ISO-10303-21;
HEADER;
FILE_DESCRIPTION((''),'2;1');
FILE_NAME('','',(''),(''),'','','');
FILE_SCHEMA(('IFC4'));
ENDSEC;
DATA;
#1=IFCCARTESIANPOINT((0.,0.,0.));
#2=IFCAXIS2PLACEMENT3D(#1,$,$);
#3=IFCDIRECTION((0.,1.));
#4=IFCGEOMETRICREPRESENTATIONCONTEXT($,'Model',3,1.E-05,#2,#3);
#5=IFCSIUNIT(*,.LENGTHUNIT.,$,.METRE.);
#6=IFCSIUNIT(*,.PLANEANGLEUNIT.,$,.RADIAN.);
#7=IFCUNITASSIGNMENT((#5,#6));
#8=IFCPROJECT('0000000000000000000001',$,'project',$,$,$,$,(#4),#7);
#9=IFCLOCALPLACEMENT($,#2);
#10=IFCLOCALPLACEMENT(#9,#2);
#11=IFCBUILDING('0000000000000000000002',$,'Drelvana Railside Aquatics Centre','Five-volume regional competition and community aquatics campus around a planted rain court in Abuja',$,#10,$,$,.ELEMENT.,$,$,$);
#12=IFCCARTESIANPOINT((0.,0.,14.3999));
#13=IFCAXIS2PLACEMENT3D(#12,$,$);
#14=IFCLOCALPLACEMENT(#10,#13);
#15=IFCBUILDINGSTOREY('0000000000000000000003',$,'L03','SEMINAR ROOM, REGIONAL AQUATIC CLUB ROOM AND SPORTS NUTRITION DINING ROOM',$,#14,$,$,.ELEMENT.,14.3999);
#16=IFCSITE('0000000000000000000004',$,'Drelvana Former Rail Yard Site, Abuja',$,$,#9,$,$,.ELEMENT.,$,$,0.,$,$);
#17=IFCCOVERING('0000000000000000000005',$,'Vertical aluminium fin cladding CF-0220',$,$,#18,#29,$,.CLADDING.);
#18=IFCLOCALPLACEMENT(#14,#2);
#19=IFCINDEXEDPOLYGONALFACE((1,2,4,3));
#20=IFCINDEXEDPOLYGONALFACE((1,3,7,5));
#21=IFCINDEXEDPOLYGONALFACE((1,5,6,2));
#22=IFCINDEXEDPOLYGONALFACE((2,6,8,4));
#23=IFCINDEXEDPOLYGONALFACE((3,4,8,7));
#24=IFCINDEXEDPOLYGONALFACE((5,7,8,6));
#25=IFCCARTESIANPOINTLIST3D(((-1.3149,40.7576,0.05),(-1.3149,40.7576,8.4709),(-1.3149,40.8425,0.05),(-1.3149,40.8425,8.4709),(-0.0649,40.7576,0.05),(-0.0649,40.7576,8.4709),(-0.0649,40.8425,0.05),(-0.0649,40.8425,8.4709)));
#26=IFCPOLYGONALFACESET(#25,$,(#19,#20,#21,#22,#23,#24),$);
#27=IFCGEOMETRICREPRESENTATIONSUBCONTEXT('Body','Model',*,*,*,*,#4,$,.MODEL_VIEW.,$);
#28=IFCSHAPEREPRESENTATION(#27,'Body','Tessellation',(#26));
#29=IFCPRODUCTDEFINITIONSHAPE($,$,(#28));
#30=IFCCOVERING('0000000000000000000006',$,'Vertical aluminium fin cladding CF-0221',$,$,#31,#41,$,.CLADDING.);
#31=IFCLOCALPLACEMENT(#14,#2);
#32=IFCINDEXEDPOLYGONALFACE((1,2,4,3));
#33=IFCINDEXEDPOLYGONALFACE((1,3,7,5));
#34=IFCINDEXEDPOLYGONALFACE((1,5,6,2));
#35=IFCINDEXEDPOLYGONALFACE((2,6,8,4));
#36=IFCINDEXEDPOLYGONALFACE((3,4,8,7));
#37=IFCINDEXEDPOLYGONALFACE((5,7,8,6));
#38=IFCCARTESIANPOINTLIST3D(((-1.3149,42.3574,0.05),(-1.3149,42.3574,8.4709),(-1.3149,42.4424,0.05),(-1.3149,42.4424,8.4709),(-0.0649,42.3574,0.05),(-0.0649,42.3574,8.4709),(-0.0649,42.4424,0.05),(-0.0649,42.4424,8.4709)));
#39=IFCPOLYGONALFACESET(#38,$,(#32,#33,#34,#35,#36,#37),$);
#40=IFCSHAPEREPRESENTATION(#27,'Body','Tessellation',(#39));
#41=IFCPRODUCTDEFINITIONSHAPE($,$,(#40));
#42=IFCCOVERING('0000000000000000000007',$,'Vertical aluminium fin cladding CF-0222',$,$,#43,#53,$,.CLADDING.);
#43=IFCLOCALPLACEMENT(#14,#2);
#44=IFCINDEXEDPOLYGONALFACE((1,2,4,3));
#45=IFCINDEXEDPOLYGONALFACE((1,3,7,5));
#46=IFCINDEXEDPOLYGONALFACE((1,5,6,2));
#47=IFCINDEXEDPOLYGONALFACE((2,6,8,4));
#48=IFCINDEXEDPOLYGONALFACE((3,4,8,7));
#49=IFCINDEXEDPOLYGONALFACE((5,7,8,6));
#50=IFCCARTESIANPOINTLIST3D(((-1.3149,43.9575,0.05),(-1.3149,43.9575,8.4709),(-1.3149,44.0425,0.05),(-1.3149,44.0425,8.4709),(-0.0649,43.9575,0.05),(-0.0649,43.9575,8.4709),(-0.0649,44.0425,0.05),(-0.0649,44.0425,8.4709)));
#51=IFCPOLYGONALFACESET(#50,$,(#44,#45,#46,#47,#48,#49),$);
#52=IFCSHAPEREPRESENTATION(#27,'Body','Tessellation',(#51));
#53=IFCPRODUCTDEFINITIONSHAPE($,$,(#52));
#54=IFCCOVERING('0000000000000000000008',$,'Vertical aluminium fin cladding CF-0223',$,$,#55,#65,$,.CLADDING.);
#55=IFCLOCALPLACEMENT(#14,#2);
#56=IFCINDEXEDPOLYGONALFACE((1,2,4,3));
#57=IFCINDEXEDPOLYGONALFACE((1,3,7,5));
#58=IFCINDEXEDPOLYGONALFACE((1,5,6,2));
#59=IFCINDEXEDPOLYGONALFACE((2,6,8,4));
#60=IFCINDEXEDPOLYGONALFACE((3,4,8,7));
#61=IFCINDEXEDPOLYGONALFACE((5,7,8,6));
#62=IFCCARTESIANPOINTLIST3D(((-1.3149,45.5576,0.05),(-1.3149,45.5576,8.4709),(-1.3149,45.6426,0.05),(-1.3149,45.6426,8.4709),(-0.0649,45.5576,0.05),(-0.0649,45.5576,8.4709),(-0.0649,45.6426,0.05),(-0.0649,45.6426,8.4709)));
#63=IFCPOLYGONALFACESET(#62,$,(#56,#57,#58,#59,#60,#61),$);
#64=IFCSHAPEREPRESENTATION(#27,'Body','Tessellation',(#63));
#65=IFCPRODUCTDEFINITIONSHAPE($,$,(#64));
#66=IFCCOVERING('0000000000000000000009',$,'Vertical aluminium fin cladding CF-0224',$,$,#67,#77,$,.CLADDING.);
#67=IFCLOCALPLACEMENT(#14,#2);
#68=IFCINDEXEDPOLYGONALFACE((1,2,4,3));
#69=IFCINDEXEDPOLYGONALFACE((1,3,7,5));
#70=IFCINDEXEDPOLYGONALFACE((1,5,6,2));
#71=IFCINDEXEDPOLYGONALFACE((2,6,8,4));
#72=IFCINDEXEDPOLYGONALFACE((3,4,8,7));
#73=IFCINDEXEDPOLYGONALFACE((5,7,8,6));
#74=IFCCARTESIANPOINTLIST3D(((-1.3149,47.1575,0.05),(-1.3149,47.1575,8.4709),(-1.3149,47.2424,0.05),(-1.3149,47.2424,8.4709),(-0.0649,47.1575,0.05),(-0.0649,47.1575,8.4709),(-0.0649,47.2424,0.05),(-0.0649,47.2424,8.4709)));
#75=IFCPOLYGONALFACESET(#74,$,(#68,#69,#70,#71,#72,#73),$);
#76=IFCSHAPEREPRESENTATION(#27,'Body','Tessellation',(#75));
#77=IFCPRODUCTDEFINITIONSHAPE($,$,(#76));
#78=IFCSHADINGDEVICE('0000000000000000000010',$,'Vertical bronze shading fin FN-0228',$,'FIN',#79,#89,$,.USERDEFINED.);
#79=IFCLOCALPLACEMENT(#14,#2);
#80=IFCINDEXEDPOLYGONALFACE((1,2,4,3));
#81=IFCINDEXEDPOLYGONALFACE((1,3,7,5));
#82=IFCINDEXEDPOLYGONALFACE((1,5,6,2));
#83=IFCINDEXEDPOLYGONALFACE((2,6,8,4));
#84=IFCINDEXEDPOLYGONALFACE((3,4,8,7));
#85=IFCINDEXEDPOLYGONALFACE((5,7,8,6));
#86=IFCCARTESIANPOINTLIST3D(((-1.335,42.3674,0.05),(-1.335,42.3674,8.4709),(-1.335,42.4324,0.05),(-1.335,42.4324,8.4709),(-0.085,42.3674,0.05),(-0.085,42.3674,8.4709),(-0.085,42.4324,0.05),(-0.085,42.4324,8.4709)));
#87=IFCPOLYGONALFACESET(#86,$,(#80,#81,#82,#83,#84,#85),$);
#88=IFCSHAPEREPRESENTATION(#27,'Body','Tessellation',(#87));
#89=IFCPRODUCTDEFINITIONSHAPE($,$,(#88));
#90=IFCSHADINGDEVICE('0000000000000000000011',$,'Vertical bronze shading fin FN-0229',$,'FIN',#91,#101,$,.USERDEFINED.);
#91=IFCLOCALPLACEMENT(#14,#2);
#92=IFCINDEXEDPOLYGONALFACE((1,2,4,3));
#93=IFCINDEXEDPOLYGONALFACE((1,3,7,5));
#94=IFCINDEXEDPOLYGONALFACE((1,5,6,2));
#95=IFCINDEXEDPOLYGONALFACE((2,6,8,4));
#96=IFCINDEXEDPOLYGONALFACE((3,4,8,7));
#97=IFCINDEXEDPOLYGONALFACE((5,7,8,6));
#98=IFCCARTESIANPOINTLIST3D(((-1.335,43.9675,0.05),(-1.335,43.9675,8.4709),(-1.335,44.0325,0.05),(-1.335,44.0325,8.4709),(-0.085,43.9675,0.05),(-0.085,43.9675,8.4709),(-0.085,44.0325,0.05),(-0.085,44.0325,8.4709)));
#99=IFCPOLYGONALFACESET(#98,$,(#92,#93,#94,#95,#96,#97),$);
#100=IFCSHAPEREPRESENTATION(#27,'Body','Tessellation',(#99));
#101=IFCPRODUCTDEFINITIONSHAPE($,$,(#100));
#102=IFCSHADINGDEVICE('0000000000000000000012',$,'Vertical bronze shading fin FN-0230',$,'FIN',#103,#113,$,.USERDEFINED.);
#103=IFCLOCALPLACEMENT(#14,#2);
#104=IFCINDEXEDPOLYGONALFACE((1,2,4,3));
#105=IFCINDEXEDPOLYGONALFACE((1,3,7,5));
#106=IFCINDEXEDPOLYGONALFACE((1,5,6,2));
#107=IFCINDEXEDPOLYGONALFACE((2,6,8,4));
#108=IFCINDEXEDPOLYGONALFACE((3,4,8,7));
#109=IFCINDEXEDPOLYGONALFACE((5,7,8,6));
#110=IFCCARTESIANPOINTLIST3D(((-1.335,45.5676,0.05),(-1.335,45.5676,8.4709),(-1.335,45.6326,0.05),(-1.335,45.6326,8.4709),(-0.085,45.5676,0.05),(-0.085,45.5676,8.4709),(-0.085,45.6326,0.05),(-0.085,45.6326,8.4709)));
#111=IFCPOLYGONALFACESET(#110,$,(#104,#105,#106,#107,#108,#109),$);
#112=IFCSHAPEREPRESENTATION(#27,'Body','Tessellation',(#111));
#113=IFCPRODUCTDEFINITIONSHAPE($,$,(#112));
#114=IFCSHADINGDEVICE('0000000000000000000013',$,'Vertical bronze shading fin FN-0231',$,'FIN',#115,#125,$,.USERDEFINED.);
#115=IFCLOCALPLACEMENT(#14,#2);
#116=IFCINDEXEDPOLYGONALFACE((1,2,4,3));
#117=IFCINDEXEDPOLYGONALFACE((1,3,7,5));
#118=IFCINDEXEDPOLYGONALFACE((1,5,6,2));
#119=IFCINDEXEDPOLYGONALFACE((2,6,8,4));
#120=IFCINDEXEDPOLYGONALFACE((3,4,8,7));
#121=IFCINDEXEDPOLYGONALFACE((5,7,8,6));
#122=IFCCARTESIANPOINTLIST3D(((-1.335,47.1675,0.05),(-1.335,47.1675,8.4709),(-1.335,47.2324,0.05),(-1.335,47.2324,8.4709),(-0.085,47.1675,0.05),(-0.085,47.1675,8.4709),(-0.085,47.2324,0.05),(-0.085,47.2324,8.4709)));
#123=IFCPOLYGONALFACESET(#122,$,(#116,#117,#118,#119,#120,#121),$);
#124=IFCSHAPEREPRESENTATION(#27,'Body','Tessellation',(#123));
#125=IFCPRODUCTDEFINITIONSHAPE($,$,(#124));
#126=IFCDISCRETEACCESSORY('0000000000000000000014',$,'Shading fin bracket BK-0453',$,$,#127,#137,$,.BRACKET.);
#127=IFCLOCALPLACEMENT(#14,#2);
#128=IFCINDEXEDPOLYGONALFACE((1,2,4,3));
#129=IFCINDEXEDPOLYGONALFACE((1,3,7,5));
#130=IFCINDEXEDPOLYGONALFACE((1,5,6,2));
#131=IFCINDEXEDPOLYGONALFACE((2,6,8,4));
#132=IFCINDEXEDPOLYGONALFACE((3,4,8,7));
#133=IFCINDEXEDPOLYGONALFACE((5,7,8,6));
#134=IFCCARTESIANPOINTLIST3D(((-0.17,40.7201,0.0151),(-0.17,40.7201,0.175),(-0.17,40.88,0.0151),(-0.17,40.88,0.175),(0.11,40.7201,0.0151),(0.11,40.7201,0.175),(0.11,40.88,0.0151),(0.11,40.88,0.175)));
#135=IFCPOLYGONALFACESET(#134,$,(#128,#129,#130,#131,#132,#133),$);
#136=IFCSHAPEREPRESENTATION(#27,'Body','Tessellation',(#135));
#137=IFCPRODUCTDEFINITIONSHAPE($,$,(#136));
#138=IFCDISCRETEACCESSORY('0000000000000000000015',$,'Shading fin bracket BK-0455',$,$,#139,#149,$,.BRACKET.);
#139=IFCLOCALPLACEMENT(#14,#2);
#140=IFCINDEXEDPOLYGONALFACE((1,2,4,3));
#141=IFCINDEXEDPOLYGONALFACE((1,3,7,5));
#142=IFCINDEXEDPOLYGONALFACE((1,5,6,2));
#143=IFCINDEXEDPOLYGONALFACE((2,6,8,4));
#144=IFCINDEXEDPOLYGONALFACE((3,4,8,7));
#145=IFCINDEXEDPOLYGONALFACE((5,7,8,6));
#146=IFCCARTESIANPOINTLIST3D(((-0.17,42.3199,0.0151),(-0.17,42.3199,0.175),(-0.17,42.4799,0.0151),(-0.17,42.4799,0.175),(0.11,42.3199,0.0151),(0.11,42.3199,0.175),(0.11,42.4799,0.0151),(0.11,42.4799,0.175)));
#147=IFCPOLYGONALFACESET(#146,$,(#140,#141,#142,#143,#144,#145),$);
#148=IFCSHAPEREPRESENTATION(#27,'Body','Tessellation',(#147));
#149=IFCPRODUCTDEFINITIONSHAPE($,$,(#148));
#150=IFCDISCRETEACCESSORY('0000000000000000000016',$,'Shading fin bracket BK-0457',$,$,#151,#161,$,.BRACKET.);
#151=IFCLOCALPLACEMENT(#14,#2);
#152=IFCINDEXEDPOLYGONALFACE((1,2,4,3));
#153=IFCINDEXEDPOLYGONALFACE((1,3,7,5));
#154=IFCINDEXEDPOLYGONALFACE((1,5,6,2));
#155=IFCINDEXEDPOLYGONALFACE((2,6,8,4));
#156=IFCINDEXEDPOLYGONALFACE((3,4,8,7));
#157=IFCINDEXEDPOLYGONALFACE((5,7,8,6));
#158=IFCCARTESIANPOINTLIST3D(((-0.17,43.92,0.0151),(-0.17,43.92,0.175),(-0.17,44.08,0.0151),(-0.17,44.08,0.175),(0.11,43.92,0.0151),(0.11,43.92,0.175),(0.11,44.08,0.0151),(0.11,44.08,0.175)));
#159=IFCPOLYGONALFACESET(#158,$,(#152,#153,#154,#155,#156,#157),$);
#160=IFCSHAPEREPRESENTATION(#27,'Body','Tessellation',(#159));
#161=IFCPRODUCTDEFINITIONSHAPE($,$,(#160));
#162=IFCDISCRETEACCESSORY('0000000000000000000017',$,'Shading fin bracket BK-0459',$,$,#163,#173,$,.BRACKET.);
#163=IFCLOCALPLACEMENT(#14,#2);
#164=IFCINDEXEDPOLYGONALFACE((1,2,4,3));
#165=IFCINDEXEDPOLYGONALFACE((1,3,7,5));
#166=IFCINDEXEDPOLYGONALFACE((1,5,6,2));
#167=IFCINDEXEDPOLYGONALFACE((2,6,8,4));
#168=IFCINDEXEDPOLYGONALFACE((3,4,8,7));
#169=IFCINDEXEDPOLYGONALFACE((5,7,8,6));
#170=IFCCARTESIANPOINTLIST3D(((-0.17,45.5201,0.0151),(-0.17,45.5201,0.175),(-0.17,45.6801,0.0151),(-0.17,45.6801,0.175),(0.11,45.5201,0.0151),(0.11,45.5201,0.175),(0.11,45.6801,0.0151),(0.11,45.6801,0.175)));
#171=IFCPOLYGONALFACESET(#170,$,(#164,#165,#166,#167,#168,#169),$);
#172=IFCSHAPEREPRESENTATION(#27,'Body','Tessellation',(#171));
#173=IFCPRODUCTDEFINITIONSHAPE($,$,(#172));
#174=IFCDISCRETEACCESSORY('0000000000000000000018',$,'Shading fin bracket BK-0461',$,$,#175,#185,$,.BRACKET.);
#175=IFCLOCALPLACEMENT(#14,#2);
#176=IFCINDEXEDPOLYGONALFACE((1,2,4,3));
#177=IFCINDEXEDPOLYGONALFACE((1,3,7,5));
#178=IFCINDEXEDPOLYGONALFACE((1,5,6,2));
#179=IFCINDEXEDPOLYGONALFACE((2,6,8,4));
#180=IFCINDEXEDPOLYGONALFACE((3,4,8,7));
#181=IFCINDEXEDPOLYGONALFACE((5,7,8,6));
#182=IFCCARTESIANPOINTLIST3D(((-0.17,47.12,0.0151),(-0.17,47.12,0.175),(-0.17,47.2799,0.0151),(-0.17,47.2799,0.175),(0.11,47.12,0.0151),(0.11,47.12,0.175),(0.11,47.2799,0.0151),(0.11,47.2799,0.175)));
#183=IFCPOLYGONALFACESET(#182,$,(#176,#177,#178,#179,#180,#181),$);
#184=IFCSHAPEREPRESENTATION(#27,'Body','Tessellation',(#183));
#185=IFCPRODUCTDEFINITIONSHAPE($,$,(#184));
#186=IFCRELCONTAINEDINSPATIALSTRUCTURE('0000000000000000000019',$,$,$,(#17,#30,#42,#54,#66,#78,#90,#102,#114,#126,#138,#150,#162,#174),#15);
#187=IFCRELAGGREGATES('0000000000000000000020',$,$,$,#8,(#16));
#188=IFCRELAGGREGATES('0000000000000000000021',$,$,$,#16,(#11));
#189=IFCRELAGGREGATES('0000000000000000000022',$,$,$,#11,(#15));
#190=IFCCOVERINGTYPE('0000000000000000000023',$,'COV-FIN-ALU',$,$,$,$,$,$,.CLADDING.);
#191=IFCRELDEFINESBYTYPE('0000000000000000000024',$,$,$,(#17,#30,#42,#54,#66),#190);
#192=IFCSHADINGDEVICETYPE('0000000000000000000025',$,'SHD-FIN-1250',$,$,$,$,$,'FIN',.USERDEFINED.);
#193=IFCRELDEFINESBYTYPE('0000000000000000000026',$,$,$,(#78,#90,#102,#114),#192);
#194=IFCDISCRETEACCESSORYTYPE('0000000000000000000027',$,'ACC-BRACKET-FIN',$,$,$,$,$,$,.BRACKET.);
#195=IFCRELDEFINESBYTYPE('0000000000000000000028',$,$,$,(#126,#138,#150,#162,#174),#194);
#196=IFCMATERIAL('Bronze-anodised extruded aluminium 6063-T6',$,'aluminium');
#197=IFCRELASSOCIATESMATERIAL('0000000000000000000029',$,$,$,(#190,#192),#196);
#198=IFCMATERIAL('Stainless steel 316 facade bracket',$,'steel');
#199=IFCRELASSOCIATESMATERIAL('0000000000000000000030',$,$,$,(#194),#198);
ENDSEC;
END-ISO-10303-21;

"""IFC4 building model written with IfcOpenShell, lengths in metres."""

from ifc_helpers import new_model, si_unit, direction, frame, origin, origin_2d, place, context, subcontext, project, spatial, rectangle, extrude, material, type_object, element, save


model = new_model("IFC4")

# Units and contexts
model_context = context("Model", 3, precision=1e-05, world=origin(), true_north=direction((0.0, 1.0)))
body_context = subcontext(model_context, "Body", "Model", "MODEL_VIEW")
ifc_project = project(units=[si_unit("LENGTHUNIT", "METRE"), si_unit("PLANEANGLEUNIT", "RADIAN")], contexts=[model_context])

# Site, building, storey
site_placement = place(None, origin())
site = spatial("IfcSite", under=ifc_project, at=site_placement, Name="Drelvana Former Rail Yard Site, Abuja", CompositionType="ELEMENT", RefElevation=0.0)
building_placement = place(site_placement, origin())
building = spatial("IfcBuilding", under=site, at=building_placement, Name="Drelvana Railside Aquatics Centre", Description="Five-volume regional competition and community aquatics campus around a planted rain court in Abuja", CompositionType="ELEMENT")
storey_placement = place(building_placement, frame((0.0, 0.0, 14.3999)))
storey = spatial("IfcBuildingStorey", under=building, at=storey_placement, Name="L03", Description="SEMINAR ROOM, REGIONAL AQUATIC CLUB ROOM AND SPORTS NUTRITION DINING ROOM", CompositionType="ELEMENT", Elevation=14.3999)

# Coverings
ifc_material_1 = material(Name="Bronze-anodised extruded aluminium 6063-T6", Category="aluminium")
covering_type = type_object("IfcCoveringType", Name="COV-FIN-ALU", PredefinedType="CLADDING", material=ifc_material_1)
for number, where, z_axis, x_axis, name in (
    (1, (-0.6899, 40.8, 0.05), (0.0, 0.0, 1.0), (0.0, 1.0, 0.0), "Vertical aluminium fin cladding CF-0220"),
    (2, (-0.6899, 42.3999, 0.05), (0.0, 0.0, 1.0), (0.0, 1.0, 0.0), "Vertical aluminium fin cladding CF-0221"),
    (3, (-0.6899, 44.0, 0.05), (0.0, 0.0, 1.0), (0.0, 1.0, 0.0), "Vertical aluminium fin cladding CF-0222"),
    (4, (-0.6899, 45.6001, 0.05), (0.0, 0.0, 1.0), (0.0, 1.0, 0.0), "Vertical aluminium fin cladding CF-0223"),
    (5, (-0.6899, 47.2, 0.05), (0.0, 0.0, 1.0), (0.0, 1.0, 0.0), "Vertical aluminium fin cladding CF-0224"),
):
    element("IfcCovering", number, at=place(storey_placement, frame(where, z_axis=z_axis, x_axis=x_axis)), inside=storey, type_object=covering_type, Name=name, PredefinedType="CLADDING", context=body_context, shape_type="SweptSolid", body=[
        extrude(rectangle(XDim=0.085, YDim=1.25, at=origin_2d()), origin(), (0.0, 0.0, 1.0), 8.4209),
    ])

# Shading devices
shading_device_type = type_object("IfcShadingDeviceType", Name="SHD-FIN-1250", ElementType="FIN", PredefinedType="USERDEFINED", material=ifc_material_1)
for number, where, z_axis, x_axis, name in (
    (6, (-0.71, 42.3999, 0.05), (0.0, 0.0, 1.0), (-1.0, 0.0, 0.0), "Vertical bronze shading fin FN-0228"),
    (7, (-0.71, 44.0, 0.05), (0.0, 0.0, 1.0), (-1.0, 0.0, 0.0), "Vertical bronze shading fin FN-0229"),
    (8, (-0.71, 45.6001, 0.05), (0.0, 0.0, 1.0), (-1.0, 0.0, 0.0), "Vertical bronze shading fin FN-0230"),
    (9, (-0.71, 47.2, 0.05), (0.0, 0.0, 1.0), (-1.0, 0.0, 0.0), "Vertical bronze shading fin FN-0231"),
):
    element("IfcShadingDevice", number, at=place(storey_placement, frame(where, z_axis=z_axis, x_axis=x_axis)), inside=storey, type_object=shading_device_type, Name=name, ObjectType="FIN", PredefinedType="USERDEFINED", context=body_context, shape_type="SweptSolid", body=[
        extrude(rectangle(XDim=1.25, YDim=0.0649, at=origin_2d()), origin(), (0.0, 0.0, 1.0), 8.4209),
    ])

# Discrete accessories
ifc_material_2 = material(Name="Stainless steel 316 facade bracket", Category="steel")
discrete_accessory_type = type_object("IfcDiscreteAccessoryType", Name="ACC-BRACKET-FIN", PredefinedType="BRACKET", material=ifc_material_2)
for number, where, z_axis, x_axis, name in (
    (10, (-0.03, 40.8, 0.0151), (0.0, 0.0, 1.0), (-1.0, 0.0, 0.0), "Shading fin bracket BK-0453"),
    (11, (-0.03, 42.3999, 0.0151), (0.0, 0.0, 1.0), (-1.0, 0.0, 0.0), "Shading fin bracket BK-0455"),
    (12, (-0.03, 44.0, 0.0151), (0.0, 0.0, 1.0), (-1.0, 0.0, 0.0), "Shading fin bracket BK-0457"),
    (13, (-0.03, 45.6001, 0.0151), (0.0, 0.0, 1.0), (-1.0, 0.0, 0.0), "Shading fin bracket BK-0459"),
    (14, (-0.03, 47.2, 0.0151), (0.0, 0.0, 1.0), (-1.0, 0.0, 0.0), "Shading fin bracket BK-0461"),
):
    element("IfcDiscreteAccessory", number, at=place(storey_placement, frame(where, z_axis=z_axis, x_axis=x_axis)), inside=storey, type_object=discrete_accessory_type, Name=name, PredefinedType="BRACKET", context=body_context, shape_type="SweptSolid", body=[
        extrude(rectangle(XDim=0.28, YDim=0.1599, at=origin_2d()), origin(), (0.0, 0.0, 1.0), 0.1599),
    ])

save(model, "model.ifc")
